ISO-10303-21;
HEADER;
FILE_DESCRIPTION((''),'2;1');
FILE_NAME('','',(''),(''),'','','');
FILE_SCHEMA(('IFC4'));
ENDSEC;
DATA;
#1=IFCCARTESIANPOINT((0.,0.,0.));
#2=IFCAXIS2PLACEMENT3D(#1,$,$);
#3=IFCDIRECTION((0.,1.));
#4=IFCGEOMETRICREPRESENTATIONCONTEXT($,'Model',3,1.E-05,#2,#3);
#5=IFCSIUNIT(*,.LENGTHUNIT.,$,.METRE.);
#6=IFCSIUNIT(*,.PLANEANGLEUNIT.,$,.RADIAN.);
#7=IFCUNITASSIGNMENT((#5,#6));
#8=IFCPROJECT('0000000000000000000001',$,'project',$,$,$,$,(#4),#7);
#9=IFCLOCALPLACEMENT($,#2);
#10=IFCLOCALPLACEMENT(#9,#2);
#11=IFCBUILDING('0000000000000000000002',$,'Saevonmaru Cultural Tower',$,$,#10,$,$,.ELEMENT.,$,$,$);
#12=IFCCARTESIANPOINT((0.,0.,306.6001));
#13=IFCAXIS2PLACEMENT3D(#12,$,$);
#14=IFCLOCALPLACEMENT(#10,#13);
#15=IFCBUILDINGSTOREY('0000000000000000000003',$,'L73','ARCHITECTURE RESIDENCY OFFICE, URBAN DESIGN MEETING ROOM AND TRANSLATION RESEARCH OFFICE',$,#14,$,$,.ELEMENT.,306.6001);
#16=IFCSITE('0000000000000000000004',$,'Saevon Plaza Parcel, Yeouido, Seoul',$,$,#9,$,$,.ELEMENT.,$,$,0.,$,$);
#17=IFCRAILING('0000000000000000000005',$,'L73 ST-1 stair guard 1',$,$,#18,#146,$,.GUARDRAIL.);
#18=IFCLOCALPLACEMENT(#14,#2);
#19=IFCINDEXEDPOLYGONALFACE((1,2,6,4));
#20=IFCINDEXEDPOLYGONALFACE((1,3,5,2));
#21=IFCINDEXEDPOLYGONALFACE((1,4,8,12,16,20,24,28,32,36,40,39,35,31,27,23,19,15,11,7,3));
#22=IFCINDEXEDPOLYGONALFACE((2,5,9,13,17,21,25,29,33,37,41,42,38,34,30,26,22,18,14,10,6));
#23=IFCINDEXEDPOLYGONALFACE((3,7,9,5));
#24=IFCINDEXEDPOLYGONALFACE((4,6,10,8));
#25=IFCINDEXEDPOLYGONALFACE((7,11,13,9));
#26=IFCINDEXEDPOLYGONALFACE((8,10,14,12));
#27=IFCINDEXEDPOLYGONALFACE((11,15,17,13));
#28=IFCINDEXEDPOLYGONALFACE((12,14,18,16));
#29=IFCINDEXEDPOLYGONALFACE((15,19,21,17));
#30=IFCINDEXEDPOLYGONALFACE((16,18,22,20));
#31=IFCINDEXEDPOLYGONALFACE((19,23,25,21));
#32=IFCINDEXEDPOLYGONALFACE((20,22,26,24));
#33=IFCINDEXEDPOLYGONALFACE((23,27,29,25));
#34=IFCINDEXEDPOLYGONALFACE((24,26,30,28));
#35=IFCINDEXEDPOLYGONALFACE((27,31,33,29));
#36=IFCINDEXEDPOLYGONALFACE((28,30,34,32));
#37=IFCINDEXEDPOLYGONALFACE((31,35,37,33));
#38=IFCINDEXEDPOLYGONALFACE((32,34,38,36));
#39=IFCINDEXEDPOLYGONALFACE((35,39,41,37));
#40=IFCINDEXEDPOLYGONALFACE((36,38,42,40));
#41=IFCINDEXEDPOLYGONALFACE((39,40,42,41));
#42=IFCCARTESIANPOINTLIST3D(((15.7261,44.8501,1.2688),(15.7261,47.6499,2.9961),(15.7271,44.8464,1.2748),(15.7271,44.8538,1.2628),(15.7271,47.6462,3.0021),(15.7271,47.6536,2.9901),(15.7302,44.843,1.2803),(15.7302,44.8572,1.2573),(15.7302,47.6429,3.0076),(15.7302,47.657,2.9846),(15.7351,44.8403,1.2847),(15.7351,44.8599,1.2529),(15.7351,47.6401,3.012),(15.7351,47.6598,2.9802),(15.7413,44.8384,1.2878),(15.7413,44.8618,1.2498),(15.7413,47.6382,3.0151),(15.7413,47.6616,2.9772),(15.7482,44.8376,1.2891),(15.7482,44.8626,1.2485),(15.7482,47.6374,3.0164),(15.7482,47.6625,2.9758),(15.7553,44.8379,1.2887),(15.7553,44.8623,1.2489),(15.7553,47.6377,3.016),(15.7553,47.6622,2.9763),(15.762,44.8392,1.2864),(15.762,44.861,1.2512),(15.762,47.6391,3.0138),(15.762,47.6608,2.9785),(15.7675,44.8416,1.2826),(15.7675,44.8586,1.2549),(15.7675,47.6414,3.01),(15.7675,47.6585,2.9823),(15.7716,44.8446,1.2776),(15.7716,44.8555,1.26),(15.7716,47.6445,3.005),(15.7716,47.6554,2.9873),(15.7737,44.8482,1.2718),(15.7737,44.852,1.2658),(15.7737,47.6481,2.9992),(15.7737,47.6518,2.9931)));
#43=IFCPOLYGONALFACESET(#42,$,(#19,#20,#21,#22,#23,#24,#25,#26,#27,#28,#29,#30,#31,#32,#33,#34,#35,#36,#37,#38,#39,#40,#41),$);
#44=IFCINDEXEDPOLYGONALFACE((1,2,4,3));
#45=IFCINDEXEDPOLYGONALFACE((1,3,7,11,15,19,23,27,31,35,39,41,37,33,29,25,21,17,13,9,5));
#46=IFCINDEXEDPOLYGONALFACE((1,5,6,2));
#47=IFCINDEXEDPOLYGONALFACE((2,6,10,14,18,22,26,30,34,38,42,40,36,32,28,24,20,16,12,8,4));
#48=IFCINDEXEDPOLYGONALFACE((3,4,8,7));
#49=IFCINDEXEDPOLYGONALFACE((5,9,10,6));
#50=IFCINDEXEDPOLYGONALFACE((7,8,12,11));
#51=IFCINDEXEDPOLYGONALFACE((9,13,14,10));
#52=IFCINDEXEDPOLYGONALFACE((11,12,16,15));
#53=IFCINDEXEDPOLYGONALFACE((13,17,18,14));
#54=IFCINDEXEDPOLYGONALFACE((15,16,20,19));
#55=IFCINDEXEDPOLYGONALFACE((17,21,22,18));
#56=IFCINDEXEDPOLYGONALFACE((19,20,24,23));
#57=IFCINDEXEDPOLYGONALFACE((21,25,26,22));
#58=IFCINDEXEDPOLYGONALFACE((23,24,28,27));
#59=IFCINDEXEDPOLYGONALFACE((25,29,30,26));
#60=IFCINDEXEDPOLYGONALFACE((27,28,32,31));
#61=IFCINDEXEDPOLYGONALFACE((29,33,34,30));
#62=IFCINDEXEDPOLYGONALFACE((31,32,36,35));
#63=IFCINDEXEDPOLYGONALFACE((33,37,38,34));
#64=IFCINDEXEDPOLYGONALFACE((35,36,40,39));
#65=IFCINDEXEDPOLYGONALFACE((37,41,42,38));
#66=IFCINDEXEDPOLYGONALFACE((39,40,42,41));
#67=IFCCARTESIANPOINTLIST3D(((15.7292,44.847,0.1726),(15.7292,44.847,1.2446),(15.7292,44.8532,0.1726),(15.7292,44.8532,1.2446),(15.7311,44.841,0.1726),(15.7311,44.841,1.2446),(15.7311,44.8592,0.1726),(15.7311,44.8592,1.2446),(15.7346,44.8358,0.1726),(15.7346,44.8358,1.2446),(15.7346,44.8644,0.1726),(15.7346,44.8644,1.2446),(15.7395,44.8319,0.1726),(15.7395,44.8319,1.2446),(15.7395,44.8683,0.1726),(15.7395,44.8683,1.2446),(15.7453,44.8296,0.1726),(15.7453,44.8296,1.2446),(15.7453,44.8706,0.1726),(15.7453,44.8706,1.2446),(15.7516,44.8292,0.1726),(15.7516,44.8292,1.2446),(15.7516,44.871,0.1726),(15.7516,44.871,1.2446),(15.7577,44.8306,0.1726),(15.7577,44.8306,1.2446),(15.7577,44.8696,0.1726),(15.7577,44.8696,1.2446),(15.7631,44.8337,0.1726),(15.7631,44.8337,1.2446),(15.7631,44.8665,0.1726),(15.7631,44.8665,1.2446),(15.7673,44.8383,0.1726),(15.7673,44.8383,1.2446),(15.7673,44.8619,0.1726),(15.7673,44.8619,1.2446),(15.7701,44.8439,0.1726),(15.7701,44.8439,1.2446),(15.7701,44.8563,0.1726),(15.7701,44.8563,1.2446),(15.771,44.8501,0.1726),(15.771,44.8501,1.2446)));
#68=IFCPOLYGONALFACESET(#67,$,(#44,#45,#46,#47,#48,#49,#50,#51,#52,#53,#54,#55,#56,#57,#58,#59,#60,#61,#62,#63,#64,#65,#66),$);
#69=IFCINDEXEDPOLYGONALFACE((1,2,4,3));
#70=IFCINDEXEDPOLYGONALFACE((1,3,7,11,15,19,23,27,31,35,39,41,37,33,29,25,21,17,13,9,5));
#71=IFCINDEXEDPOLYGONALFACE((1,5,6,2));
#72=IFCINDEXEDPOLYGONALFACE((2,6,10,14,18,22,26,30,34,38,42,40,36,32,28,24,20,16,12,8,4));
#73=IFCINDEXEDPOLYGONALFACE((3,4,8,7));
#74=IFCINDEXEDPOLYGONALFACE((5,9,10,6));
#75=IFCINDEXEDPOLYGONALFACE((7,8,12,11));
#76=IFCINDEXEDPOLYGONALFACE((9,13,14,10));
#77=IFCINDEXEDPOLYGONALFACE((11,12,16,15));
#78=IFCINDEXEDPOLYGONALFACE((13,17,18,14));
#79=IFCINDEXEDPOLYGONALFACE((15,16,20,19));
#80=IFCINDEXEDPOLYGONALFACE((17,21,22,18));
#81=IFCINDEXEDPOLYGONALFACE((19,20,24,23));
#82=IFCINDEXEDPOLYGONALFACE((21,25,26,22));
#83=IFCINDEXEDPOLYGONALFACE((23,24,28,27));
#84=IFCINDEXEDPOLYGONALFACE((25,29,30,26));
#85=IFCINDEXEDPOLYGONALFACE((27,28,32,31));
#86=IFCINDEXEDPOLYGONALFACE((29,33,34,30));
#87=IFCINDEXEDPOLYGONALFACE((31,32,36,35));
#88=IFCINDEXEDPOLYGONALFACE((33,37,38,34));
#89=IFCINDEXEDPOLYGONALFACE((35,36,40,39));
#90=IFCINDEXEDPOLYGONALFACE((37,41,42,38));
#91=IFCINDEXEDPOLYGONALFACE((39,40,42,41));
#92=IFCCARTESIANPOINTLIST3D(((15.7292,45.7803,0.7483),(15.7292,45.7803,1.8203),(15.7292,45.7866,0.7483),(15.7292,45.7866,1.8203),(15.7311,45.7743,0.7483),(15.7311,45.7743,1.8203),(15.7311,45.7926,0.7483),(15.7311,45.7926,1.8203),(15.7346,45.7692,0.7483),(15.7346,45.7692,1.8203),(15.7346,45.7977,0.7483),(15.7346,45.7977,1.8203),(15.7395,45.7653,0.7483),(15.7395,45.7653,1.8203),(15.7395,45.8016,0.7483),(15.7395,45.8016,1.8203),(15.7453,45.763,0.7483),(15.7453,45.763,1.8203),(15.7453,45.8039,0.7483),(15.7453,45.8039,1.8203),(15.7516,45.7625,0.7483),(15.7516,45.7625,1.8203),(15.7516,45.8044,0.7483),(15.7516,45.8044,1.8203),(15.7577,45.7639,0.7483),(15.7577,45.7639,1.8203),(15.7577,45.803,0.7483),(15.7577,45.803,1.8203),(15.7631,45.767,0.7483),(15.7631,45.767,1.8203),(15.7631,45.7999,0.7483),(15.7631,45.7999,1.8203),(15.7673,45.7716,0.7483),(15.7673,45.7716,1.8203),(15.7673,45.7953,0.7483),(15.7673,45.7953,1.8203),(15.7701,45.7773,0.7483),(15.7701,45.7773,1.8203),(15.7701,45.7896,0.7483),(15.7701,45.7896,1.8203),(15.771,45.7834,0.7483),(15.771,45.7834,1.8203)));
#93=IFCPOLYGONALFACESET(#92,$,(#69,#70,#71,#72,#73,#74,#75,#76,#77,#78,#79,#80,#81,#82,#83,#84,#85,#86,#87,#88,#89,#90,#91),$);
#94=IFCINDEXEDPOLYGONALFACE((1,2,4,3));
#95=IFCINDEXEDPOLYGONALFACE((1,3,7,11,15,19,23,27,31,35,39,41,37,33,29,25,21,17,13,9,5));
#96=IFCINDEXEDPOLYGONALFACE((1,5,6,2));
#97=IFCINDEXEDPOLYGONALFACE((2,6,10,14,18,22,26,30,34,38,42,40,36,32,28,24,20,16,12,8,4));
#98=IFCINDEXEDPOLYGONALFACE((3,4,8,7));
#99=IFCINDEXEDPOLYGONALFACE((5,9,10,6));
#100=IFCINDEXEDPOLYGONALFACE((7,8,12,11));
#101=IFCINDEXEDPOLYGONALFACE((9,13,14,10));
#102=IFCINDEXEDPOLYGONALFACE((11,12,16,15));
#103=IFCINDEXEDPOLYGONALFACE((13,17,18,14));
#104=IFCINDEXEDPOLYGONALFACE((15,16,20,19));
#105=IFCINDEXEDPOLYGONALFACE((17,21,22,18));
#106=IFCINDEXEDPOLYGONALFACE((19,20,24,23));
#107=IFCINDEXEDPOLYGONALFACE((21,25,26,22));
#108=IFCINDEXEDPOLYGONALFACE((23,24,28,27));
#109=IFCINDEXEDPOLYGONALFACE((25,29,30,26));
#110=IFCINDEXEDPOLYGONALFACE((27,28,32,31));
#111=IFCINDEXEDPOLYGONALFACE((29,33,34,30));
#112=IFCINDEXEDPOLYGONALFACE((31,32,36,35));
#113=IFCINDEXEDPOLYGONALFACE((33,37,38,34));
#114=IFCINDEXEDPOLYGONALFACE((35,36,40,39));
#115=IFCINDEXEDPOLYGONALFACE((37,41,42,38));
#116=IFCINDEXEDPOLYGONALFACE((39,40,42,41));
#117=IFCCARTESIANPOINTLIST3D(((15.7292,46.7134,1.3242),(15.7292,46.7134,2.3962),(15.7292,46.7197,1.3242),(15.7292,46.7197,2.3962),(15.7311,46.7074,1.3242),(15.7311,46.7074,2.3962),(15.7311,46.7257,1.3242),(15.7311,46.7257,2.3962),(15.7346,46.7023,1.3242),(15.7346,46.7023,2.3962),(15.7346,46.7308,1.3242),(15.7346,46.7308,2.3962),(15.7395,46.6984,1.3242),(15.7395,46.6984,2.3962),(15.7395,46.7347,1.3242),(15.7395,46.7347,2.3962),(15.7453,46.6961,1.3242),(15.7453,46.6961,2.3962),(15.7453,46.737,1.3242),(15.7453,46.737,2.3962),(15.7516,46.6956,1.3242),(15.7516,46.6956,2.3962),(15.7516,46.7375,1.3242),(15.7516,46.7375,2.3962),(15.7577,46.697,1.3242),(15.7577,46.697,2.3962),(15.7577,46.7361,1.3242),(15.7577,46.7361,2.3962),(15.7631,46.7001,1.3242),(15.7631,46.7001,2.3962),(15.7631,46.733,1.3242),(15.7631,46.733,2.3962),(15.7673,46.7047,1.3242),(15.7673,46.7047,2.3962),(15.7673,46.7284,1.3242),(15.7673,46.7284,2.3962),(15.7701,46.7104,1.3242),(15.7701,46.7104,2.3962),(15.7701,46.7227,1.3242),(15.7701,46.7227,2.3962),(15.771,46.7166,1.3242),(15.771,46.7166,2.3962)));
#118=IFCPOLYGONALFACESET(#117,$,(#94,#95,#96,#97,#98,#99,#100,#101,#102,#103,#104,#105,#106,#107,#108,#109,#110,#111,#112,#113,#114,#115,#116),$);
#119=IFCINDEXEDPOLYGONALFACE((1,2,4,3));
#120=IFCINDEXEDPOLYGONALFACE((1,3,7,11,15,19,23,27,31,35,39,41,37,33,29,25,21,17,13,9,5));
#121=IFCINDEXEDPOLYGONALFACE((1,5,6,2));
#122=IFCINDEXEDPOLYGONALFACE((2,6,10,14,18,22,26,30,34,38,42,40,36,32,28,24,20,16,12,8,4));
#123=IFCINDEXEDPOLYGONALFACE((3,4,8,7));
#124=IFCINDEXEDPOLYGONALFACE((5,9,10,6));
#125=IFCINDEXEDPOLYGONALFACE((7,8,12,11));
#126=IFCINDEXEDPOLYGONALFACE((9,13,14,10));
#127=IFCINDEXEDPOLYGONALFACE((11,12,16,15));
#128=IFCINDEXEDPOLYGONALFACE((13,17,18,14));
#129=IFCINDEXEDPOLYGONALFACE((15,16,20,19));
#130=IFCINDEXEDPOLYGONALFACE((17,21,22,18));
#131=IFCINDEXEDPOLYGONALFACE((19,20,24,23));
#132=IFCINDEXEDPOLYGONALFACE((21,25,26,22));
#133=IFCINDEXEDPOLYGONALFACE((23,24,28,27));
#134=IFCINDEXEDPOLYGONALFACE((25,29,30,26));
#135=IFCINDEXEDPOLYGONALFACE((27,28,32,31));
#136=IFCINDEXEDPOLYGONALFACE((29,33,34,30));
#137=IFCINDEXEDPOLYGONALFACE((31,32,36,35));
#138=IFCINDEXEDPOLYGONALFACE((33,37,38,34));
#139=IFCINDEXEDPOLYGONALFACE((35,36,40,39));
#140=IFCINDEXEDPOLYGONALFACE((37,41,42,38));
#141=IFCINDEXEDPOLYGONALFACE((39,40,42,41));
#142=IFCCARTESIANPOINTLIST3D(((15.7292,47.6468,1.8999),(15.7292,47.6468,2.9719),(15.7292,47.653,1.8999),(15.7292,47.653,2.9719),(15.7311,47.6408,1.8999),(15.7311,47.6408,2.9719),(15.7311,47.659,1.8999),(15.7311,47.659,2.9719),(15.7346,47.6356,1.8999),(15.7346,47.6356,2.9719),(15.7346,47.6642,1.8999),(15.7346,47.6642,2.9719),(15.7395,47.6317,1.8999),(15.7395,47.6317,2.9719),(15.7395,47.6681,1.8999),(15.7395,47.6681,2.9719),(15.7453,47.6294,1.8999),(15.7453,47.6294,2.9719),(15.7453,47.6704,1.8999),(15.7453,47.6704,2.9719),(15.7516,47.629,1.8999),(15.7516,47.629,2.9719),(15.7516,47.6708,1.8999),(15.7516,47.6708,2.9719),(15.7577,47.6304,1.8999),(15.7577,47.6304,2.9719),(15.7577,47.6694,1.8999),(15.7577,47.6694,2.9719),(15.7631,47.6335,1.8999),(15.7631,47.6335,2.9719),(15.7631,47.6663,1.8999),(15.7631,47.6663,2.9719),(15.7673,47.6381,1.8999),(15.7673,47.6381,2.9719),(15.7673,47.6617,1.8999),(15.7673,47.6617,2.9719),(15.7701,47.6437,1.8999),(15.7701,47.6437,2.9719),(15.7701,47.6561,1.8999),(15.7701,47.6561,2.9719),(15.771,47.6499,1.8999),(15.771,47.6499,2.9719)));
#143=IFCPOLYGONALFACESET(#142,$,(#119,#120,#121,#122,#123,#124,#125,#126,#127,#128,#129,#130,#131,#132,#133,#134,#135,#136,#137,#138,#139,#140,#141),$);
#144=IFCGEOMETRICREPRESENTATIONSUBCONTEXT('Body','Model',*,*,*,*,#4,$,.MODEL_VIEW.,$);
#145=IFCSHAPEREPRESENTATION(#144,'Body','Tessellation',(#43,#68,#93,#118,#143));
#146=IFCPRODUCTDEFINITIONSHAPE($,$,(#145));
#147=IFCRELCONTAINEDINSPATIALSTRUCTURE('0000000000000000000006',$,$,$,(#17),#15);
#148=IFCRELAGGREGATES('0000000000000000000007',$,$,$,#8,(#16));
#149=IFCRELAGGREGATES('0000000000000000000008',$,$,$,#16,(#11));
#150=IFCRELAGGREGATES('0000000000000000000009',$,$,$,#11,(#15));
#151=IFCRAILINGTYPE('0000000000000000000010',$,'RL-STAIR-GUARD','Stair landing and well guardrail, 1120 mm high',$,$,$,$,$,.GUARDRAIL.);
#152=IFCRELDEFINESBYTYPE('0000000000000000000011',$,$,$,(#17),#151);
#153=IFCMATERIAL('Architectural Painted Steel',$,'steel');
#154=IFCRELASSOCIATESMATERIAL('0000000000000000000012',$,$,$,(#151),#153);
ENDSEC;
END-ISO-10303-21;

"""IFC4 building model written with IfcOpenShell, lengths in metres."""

from ifc_helpers import new_model, si_unit, direction, frame, origin, origin_2d, place, context, subcontext, project, spatial, circle, extrude, material, type_object, element, save


model = new_model("IFC4")

# Units and contexts
model_context = context("Model", 3, precision=1e-05, world=origin(), true_north=direction((0.0, 1.0)))
body_context = subcontext(model_context, "Body", "Model", "MODEL_VIEW")
ifc_project = project(units=[si_unit("LENGTHUNIT", "METRE"), si_unit("PLANEANGLEUNIT", "RADIAN")], contexts=[model_context])

# Site, building, storey
site_placement = place(None, origin())
site = spatial("IfcSite", under=ifc_project, at=site_placement, Name="Saevon Plaza Parcel, Yeouido, Seoul", CompositionType="ELEMENT", RefElevation=0.0)
building_placement = place(site_placement, origin())
building = spatial("IfcBuilding", under=site, at=building_placement, Name="Saevonmaru Cultural Tower", CompositionType="ELEMENT")
storey_placement = place(building_placement, frame((0.0, 0.0, 306.6001)))
storey = spatial("IfcBuildingStorey", under=building, at=storey_placement, Name="L73", Description="ARCHITECTURE RESIDENCY OFFICE, URBAN DESIGN MEETING ROOM AND TRANSLATION RESEARCH OFFICE", CompositionType="ELEMENT", Elevation=306.6001)

# Railing
ifc_material_1 = material(Name="Architectural Painted Steel", Category="steel")
railing_type_1 = type_object("IfcRailingType", Name="RL-STAIR-GUARD", Description="Stair landing and well guardrail, 1120 mm high", PredefinedType="GUARDRAIL", material=ifc_material_1)
railing_1_placement = place(storey_placement, frame((15.75, 44.8501, 0.1726)))
element("IfcRailing", 1, at=railing_1_placement, inside=storey, type_object=railing_type_1, Name="L73 ST-1 stair guard 1", PredefinedType="GUARDRAIL", context=body_context, shape_type="SweptSolid", body=[
    extrude(circle(Radius=0.0239, at=origin_2d()), frame((0.0, 0.0, 1.0962), z_axis=(0.0, 0.851069, 0.525054), x_axis=(-1.0, 0.0, 0.0)), (0.0, 0.0, 1.0), 3.2898),
    extrude(circle(Radius=0.021, at=origin_2d()), origin(), (0.0, 0.0, 1.0), 1.072),
    extrude(circle(Radius=0.021, at=origin_2d()), frame((0.0, 0.9333, 0.5757)), (0.0, 0.0, 1.0), 1.072),
    extrude(circle(Radius=0.021, at=origin_2d()), frame((0.0, 1.8665, 1.1516)), (0.0, 0.0, 1.0), 1.072),
    extrude(circle(Radius=0.021, at=origin_2d()), frame((0.0, 2.7998, 1.7273)), (0.0, 0.0, 1.0), 1.072),
])

save(model, "model.ifc")
